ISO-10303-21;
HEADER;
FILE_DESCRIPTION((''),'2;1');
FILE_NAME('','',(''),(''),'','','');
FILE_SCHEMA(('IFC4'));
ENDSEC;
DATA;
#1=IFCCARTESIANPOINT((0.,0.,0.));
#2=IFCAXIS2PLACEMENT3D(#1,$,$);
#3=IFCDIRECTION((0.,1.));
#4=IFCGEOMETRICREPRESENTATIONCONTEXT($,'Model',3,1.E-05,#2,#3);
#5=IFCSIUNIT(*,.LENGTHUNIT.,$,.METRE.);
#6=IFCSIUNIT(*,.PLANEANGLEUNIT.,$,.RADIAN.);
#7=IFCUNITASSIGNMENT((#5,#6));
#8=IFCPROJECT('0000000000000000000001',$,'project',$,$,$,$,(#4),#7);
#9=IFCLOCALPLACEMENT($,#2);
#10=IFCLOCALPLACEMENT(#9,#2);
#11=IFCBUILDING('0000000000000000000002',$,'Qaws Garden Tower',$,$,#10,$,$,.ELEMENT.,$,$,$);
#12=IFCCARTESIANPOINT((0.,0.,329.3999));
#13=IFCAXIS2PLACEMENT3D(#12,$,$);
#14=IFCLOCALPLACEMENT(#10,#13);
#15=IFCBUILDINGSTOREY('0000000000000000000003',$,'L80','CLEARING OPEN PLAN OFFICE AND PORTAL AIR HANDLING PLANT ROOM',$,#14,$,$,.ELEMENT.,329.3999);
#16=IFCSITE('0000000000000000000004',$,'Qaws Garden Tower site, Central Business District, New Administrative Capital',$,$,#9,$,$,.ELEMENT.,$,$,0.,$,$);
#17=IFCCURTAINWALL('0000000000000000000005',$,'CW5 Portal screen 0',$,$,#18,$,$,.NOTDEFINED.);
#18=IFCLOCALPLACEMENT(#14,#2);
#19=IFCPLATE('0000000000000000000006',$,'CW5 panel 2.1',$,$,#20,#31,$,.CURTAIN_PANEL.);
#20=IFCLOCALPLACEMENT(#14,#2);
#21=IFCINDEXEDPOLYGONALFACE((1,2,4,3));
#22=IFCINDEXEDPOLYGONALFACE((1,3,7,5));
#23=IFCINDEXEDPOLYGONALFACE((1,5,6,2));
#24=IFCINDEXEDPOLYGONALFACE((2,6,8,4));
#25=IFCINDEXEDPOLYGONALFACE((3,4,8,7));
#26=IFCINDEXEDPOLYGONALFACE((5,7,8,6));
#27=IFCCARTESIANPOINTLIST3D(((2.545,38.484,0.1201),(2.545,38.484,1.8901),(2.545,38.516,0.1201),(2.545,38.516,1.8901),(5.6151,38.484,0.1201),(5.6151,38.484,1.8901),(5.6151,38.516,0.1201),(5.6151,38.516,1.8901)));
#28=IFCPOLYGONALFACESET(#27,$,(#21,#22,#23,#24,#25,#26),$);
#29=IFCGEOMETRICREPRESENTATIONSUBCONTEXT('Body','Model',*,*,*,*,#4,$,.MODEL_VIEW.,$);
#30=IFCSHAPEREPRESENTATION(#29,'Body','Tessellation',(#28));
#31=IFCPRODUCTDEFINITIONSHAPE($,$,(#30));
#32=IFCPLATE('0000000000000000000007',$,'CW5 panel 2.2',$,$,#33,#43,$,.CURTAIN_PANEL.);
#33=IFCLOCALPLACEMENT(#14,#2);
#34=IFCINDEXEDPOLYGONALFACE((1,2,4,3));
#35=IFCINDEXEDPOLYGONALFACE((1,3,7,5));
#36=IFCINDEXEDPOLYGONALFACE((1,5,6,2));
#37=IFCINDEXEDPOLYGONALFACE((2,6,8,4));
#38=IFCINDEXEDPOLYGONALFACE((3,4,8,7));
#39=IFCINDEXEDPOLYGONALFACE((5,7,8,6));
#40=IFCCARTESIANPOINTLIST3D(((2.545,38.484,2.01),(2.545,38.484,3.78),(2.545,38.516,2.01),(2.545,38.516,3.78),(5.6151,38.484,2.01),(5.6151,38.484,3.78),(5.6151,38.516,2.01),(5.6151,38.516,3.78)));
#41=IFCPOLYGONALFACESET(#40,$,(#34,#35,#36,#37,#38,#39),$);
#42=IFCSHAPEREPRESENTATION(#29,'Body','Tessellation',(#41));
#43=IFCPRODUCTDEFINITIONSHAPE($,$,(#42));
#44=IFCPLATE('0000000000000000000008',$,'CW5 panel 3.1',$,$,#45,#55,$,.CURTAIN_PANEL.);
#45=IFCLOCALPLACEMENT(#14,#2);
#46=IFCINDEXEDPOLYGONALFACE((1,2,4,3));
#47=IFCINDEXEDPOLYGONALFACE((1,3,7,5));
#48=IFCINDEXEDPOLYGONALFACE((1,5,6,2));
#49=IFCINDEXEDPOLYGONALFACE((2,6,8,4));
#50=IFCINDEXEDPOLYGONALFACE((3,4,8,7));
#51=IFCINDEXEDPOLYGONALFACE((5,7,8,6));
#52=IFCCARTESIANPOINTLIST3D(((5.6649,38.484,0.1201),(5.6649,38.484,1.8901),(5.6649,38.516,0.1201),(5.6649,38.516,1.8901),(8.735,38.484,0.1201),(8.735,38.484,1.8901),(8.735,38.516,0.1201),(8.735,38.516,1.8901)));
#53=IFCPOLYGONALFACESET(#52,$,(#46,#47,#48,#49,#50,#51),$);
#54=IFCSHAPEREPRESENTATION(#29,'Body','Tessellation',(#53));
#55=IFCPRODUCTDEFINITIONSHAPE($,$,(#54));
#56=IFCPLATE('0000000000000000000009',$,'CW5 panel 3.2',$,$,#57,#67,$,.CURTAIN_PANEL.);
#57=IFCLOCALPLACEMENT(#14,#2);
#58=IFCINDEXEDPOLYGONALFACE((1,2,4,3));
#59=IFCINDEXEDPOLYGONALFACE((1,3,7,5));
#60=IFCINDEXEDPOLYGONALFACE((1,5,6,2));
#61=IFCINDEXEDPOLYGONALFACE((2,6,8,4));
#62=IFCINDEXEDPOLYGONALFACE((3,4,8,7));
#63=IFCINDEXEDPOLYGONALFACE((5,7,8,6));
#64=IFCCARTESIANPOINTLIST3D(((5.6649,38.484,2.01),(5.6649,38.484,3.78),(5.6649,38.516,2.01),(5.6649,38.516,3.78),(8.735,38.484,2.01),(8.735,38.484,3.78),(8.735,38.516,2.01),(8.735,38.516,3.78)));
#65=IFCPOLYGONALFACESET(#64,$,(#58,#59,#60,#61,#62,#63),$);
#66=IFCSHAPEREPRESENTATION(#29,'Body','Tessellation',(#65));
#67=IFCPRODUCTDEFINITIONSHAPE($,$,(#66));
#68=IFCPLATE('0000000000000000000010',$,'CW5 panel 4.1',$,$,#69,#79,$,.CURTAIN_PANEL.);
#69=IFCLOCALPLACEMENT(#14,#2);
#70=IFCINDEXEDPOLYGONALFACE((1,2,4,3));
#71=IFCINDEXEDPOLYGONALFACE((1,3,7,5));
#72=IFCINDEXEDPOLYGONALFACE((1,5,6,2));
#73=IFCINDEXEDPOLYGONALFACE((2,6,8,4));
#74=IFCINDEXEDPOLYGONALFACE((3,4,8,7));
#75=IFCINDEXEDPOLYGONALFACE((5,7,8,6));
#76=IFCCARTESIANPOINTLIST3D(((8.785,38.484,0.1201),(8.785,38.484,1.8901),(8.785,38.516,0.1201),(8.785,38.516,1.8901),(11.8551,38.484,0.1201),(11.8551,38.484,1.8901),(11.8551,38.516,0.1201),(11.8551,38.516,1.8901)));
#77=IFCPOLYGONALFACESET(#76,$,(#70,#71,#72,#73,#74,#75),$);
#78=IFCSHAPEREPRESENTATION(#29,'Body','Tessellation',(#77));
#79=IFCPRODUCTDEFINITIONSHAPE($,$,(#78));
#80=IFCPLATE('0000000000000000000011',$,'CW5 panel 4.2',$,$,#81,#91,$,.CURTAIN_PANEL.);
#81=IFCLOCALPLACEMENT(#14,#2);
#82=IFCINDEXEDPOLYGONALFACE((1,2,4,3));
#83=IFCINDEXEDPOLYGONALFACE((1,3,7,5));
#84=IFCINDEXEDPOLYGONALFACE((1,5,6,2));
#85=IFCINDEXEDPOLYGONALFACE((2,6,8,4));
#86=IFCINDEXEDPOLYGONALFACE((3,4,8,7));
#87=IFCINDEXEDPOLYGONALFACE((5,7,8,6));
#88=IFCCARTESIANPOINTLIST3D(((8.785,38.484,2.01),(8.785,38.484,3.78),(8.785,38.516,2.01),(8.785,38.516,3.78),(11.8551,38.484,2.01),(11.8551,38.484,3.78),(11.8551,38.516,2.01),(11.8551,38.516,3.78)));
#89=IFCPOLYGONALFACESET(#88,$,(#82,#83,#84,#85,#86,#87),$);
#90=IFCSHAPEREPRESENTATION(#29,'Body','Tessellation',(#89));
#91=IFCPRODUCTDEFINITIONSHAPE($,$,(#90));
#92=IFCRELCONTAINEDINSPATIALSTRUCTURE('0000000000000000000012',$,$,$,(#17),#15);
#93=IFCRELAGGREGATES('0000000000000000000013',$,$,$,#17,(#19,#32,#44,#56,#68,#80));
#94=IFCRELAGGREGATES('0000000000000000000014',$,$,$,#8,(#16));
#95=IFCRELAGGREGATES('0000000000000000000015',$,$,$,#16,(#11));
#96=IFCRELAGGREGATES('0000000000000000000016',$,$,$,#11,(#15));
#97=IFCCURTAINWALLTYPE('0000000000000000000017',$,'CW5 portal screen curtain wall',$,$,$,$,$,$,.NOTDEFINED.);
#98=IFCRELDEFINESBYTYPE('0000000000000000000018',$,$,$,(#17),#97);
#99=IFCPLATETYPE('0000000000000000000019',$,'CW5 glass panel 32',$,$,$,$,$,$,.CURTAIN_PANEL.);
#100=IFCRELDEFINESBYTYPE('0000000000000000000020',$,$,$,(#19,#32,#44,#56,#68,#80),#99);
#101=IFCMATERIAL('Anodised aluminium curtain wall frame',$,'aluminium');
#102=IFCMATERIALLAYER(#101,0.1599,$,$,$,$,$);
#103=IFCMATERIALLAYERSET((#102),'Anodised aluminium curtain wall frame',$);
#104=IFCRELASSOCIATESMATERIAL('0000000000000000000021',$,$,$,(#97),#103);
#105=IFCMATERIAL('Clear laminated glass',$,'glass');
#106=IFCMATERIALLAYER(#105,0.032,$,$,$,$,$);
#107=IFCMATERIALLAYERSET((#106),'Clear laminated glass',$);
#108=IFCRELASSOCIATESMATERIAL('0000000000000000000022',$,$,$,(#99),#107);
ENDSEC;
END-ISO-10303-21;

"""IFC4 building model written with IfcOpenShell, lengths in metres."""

from ifc_helpers import new_model, si_unit, direction, frame, origin, origin_2d, place, context, subcontext, project, spatial, rectangle, extrude, material, layer, layer_set, type_object, element, aggregate, save


model = new_model("IFC4")

# Units and contexts
model_context = context("Model", 3, precision=1e-05, world=origin(), true_north=direction((0.0, 1.0)))
body_context = subcontext(model_context, "Body", "Model", "MODEL_VIEW")
ifc_project = project(units=[si_unit("LENGTHUNIT", "METRE"), si_unit("PLANEANGLEUNIT", "RADIAN")], contexts=[model_context])

# Site, building, storey
site_placement = place(None, origin())
site = spatial("IfcSite", under=ifc_project, at=site_placement, Name="Qaws Garden Tower site, Central Business District, New Administrative Capital", CompositionType="ELEMENT", RefElevation=0.0)
building_placement = place(site_placement, origin())
building = spatial("IfcBuilding", under=site, at=building_placement, Name="Qaws Garden Tower", CompositionType="ELEMENT")
storey_placement = place(building_placement, frame((0.0, 0.0, 329.3999)))
storey = spatial("IfcBuildingStorey", under=building, at=storey_placement, Name="L80", Description="CLEARING OPEN PLAN OFFICE AND PORTAL AIR HANDLING PLANT ROOM", CompositionType="ELEMENT", Elevation=329.3999)

# Curtain wall, plates
ifc_material_1 = material(Name="Anodised aluminium curtain wall frame", Category="aluminium")
ifc_layer_1 = layer(ifc_material_1, 0.1599)
ifc_layer_set_1 = layer_set([ifc_layer_1], Name="Anodised aluminium curtain wall frame")
curtain_wall_type = type_object("IfcCurtainWallType", Name="CW5 portal screen curtain wall", PredefinedType="NOTDEFINED", material=ifc_layer_set_1)
curtain_wall_placement = place(storey_placement, origin())
curtain_wall = element("IfcCurtainWall", 1, at=curtain_wall_placement, inside=storey, type_object=curtain_wall_type, Name="CW5 Portal screen 0", PredefinedType="NOTDEFINED")
ifc_material_2 = material(Name="Clear laminated glass", Category="glass")
ifc_layer_2 = layer(ifc_material_2, 0.032)
ifc_layer_set_2 = layer_set([ifc_layer_2], Name="Clear laminated glass")
plate_type = type_object("IfcPlateType", Name="CW5 glass panel 32", PredefinedType="CURTAIN_PANEL", material=ifc_layer_set_2)
plate_1_placement = place(storey_placement, frame((4.0801, 38.5, 0.1201), z_axis=(0.0, 0.0, 1.0), x_axis=(1.0, 0.0, 0.0)))
plate_1 = element("IfcPlate", 2, at=plate_1_placement, type_object=plate_type, Name="CW5 panel 2.1", PredefinedType="CURTAIN_PANEL", context=body_context, shape_type="SweptSolid", body=[
    extrude(rectangle(XDim=3.0701, YDim=0.032, at=origin_2d()), origin(), (0.0, 0.0, 1.0), 1.77),
])
plate_2_placement = place(storey_placement, frame((4.0801, 38.5, 2.01), z_axis=(0.0, 0.0, 1.0), x_axis=(1.0, 0.0, 0.0)))
plate_2 = element("IfcPlate", 3, at=plate_2_placement, type_object=plate_type, Name="CW5 panel 2.2", PredefinedType="CURTAIN_PANEL", context=body_context, shape_type="SweptSolid", body=[
    extrude(rectangle(XDim=3.0701, YDim=0.032, at=origin_2d()), origin(), (0.0, 0.0, 1.0), 1.77),
])
plate_3_placement = place(storey_placement, frame((7.2, 38.5, 0.1201), z_axis=(0.0, 0.0, 1.0), x_axis=(1.0, 0.0, 0.0)))
plate_3 = element("IfcPlate", 4, at=plate_3_placement, type_object=plate_type, Name="CW5 panel 3.1", PredefinedType="CURTAIN_PANEL", context=body_context, shape_type="SweptSolid", body=[
    extrude(rectangle(XDim=3.0701, YDim=0.032, at=origin_2d()), origin(), (0.0, 0.0, 1.0), 1.77),
])
plate_4_placement = place(storey_placement, frame((7.2, 38.5, 2.01), z_axis=(0.0, 0.0, 1.0), x_axis=(1.0, 0.0, 0.0)))
plate_4 = element("IfcPlate", 5, at=plate_4_placement, type_object=plate_type, Name="CW5 panel 3.2", PredefinedType="CURTAIN_PANEL", context=body_context, shape_type="SweptSolid", body=[
    extrude(rectangle(XDim=3.0701, YDim=0.032, at=origin_2d()), origin(), (0.0, 0.0, 1.0), 1.77),
])
plate_5_placement = place(storey_placement, frame((10.3201, 38.5, 0.1201), z_axis=(0.0, 0.0, 1.0), x_axis=(1.0, 0.0, 0.0)))
plate_5 = element("IfcPlate", 6, at=plate_5_placement, type_object=plate_type, Name="CW5 panel 4.1", PredefinedType="CURTAIN_PANEL", context=body_context, shape_type="SweptSolid", body=[
    extrude(rectangle(XDim=3.0701, YDim=0.032, at=origin_2d()), origin(), (0.0, 0.0, 1.0), 1.77),
])
plate_6_placement = place(storey_placement, frame((10.3201, 38.5, 2.01), z_axis=(0.0, 0.0, 1.0), x_axis=(1.0, 0.0, 0.0)))
plate_6 = element("IfcPlate", 7, at=plate_6_placement, type_object=plate_type, Name="CW5 panel 4.2", PredefinedType="CURTAIN_PANEL", context=body_context, shape_type="SweptSolid", body=[
    extrude(rectangle(XDim=3.0701, YDim=0.032, at=origin_2d()), origin(), (0.0, 0.0, 1.0), 1.77),
])
aggregate(curtain_wall, [plate_1, plate_2, plate_3, plate_4, plate_5, plate_6])

save(model, "model.ifc")
